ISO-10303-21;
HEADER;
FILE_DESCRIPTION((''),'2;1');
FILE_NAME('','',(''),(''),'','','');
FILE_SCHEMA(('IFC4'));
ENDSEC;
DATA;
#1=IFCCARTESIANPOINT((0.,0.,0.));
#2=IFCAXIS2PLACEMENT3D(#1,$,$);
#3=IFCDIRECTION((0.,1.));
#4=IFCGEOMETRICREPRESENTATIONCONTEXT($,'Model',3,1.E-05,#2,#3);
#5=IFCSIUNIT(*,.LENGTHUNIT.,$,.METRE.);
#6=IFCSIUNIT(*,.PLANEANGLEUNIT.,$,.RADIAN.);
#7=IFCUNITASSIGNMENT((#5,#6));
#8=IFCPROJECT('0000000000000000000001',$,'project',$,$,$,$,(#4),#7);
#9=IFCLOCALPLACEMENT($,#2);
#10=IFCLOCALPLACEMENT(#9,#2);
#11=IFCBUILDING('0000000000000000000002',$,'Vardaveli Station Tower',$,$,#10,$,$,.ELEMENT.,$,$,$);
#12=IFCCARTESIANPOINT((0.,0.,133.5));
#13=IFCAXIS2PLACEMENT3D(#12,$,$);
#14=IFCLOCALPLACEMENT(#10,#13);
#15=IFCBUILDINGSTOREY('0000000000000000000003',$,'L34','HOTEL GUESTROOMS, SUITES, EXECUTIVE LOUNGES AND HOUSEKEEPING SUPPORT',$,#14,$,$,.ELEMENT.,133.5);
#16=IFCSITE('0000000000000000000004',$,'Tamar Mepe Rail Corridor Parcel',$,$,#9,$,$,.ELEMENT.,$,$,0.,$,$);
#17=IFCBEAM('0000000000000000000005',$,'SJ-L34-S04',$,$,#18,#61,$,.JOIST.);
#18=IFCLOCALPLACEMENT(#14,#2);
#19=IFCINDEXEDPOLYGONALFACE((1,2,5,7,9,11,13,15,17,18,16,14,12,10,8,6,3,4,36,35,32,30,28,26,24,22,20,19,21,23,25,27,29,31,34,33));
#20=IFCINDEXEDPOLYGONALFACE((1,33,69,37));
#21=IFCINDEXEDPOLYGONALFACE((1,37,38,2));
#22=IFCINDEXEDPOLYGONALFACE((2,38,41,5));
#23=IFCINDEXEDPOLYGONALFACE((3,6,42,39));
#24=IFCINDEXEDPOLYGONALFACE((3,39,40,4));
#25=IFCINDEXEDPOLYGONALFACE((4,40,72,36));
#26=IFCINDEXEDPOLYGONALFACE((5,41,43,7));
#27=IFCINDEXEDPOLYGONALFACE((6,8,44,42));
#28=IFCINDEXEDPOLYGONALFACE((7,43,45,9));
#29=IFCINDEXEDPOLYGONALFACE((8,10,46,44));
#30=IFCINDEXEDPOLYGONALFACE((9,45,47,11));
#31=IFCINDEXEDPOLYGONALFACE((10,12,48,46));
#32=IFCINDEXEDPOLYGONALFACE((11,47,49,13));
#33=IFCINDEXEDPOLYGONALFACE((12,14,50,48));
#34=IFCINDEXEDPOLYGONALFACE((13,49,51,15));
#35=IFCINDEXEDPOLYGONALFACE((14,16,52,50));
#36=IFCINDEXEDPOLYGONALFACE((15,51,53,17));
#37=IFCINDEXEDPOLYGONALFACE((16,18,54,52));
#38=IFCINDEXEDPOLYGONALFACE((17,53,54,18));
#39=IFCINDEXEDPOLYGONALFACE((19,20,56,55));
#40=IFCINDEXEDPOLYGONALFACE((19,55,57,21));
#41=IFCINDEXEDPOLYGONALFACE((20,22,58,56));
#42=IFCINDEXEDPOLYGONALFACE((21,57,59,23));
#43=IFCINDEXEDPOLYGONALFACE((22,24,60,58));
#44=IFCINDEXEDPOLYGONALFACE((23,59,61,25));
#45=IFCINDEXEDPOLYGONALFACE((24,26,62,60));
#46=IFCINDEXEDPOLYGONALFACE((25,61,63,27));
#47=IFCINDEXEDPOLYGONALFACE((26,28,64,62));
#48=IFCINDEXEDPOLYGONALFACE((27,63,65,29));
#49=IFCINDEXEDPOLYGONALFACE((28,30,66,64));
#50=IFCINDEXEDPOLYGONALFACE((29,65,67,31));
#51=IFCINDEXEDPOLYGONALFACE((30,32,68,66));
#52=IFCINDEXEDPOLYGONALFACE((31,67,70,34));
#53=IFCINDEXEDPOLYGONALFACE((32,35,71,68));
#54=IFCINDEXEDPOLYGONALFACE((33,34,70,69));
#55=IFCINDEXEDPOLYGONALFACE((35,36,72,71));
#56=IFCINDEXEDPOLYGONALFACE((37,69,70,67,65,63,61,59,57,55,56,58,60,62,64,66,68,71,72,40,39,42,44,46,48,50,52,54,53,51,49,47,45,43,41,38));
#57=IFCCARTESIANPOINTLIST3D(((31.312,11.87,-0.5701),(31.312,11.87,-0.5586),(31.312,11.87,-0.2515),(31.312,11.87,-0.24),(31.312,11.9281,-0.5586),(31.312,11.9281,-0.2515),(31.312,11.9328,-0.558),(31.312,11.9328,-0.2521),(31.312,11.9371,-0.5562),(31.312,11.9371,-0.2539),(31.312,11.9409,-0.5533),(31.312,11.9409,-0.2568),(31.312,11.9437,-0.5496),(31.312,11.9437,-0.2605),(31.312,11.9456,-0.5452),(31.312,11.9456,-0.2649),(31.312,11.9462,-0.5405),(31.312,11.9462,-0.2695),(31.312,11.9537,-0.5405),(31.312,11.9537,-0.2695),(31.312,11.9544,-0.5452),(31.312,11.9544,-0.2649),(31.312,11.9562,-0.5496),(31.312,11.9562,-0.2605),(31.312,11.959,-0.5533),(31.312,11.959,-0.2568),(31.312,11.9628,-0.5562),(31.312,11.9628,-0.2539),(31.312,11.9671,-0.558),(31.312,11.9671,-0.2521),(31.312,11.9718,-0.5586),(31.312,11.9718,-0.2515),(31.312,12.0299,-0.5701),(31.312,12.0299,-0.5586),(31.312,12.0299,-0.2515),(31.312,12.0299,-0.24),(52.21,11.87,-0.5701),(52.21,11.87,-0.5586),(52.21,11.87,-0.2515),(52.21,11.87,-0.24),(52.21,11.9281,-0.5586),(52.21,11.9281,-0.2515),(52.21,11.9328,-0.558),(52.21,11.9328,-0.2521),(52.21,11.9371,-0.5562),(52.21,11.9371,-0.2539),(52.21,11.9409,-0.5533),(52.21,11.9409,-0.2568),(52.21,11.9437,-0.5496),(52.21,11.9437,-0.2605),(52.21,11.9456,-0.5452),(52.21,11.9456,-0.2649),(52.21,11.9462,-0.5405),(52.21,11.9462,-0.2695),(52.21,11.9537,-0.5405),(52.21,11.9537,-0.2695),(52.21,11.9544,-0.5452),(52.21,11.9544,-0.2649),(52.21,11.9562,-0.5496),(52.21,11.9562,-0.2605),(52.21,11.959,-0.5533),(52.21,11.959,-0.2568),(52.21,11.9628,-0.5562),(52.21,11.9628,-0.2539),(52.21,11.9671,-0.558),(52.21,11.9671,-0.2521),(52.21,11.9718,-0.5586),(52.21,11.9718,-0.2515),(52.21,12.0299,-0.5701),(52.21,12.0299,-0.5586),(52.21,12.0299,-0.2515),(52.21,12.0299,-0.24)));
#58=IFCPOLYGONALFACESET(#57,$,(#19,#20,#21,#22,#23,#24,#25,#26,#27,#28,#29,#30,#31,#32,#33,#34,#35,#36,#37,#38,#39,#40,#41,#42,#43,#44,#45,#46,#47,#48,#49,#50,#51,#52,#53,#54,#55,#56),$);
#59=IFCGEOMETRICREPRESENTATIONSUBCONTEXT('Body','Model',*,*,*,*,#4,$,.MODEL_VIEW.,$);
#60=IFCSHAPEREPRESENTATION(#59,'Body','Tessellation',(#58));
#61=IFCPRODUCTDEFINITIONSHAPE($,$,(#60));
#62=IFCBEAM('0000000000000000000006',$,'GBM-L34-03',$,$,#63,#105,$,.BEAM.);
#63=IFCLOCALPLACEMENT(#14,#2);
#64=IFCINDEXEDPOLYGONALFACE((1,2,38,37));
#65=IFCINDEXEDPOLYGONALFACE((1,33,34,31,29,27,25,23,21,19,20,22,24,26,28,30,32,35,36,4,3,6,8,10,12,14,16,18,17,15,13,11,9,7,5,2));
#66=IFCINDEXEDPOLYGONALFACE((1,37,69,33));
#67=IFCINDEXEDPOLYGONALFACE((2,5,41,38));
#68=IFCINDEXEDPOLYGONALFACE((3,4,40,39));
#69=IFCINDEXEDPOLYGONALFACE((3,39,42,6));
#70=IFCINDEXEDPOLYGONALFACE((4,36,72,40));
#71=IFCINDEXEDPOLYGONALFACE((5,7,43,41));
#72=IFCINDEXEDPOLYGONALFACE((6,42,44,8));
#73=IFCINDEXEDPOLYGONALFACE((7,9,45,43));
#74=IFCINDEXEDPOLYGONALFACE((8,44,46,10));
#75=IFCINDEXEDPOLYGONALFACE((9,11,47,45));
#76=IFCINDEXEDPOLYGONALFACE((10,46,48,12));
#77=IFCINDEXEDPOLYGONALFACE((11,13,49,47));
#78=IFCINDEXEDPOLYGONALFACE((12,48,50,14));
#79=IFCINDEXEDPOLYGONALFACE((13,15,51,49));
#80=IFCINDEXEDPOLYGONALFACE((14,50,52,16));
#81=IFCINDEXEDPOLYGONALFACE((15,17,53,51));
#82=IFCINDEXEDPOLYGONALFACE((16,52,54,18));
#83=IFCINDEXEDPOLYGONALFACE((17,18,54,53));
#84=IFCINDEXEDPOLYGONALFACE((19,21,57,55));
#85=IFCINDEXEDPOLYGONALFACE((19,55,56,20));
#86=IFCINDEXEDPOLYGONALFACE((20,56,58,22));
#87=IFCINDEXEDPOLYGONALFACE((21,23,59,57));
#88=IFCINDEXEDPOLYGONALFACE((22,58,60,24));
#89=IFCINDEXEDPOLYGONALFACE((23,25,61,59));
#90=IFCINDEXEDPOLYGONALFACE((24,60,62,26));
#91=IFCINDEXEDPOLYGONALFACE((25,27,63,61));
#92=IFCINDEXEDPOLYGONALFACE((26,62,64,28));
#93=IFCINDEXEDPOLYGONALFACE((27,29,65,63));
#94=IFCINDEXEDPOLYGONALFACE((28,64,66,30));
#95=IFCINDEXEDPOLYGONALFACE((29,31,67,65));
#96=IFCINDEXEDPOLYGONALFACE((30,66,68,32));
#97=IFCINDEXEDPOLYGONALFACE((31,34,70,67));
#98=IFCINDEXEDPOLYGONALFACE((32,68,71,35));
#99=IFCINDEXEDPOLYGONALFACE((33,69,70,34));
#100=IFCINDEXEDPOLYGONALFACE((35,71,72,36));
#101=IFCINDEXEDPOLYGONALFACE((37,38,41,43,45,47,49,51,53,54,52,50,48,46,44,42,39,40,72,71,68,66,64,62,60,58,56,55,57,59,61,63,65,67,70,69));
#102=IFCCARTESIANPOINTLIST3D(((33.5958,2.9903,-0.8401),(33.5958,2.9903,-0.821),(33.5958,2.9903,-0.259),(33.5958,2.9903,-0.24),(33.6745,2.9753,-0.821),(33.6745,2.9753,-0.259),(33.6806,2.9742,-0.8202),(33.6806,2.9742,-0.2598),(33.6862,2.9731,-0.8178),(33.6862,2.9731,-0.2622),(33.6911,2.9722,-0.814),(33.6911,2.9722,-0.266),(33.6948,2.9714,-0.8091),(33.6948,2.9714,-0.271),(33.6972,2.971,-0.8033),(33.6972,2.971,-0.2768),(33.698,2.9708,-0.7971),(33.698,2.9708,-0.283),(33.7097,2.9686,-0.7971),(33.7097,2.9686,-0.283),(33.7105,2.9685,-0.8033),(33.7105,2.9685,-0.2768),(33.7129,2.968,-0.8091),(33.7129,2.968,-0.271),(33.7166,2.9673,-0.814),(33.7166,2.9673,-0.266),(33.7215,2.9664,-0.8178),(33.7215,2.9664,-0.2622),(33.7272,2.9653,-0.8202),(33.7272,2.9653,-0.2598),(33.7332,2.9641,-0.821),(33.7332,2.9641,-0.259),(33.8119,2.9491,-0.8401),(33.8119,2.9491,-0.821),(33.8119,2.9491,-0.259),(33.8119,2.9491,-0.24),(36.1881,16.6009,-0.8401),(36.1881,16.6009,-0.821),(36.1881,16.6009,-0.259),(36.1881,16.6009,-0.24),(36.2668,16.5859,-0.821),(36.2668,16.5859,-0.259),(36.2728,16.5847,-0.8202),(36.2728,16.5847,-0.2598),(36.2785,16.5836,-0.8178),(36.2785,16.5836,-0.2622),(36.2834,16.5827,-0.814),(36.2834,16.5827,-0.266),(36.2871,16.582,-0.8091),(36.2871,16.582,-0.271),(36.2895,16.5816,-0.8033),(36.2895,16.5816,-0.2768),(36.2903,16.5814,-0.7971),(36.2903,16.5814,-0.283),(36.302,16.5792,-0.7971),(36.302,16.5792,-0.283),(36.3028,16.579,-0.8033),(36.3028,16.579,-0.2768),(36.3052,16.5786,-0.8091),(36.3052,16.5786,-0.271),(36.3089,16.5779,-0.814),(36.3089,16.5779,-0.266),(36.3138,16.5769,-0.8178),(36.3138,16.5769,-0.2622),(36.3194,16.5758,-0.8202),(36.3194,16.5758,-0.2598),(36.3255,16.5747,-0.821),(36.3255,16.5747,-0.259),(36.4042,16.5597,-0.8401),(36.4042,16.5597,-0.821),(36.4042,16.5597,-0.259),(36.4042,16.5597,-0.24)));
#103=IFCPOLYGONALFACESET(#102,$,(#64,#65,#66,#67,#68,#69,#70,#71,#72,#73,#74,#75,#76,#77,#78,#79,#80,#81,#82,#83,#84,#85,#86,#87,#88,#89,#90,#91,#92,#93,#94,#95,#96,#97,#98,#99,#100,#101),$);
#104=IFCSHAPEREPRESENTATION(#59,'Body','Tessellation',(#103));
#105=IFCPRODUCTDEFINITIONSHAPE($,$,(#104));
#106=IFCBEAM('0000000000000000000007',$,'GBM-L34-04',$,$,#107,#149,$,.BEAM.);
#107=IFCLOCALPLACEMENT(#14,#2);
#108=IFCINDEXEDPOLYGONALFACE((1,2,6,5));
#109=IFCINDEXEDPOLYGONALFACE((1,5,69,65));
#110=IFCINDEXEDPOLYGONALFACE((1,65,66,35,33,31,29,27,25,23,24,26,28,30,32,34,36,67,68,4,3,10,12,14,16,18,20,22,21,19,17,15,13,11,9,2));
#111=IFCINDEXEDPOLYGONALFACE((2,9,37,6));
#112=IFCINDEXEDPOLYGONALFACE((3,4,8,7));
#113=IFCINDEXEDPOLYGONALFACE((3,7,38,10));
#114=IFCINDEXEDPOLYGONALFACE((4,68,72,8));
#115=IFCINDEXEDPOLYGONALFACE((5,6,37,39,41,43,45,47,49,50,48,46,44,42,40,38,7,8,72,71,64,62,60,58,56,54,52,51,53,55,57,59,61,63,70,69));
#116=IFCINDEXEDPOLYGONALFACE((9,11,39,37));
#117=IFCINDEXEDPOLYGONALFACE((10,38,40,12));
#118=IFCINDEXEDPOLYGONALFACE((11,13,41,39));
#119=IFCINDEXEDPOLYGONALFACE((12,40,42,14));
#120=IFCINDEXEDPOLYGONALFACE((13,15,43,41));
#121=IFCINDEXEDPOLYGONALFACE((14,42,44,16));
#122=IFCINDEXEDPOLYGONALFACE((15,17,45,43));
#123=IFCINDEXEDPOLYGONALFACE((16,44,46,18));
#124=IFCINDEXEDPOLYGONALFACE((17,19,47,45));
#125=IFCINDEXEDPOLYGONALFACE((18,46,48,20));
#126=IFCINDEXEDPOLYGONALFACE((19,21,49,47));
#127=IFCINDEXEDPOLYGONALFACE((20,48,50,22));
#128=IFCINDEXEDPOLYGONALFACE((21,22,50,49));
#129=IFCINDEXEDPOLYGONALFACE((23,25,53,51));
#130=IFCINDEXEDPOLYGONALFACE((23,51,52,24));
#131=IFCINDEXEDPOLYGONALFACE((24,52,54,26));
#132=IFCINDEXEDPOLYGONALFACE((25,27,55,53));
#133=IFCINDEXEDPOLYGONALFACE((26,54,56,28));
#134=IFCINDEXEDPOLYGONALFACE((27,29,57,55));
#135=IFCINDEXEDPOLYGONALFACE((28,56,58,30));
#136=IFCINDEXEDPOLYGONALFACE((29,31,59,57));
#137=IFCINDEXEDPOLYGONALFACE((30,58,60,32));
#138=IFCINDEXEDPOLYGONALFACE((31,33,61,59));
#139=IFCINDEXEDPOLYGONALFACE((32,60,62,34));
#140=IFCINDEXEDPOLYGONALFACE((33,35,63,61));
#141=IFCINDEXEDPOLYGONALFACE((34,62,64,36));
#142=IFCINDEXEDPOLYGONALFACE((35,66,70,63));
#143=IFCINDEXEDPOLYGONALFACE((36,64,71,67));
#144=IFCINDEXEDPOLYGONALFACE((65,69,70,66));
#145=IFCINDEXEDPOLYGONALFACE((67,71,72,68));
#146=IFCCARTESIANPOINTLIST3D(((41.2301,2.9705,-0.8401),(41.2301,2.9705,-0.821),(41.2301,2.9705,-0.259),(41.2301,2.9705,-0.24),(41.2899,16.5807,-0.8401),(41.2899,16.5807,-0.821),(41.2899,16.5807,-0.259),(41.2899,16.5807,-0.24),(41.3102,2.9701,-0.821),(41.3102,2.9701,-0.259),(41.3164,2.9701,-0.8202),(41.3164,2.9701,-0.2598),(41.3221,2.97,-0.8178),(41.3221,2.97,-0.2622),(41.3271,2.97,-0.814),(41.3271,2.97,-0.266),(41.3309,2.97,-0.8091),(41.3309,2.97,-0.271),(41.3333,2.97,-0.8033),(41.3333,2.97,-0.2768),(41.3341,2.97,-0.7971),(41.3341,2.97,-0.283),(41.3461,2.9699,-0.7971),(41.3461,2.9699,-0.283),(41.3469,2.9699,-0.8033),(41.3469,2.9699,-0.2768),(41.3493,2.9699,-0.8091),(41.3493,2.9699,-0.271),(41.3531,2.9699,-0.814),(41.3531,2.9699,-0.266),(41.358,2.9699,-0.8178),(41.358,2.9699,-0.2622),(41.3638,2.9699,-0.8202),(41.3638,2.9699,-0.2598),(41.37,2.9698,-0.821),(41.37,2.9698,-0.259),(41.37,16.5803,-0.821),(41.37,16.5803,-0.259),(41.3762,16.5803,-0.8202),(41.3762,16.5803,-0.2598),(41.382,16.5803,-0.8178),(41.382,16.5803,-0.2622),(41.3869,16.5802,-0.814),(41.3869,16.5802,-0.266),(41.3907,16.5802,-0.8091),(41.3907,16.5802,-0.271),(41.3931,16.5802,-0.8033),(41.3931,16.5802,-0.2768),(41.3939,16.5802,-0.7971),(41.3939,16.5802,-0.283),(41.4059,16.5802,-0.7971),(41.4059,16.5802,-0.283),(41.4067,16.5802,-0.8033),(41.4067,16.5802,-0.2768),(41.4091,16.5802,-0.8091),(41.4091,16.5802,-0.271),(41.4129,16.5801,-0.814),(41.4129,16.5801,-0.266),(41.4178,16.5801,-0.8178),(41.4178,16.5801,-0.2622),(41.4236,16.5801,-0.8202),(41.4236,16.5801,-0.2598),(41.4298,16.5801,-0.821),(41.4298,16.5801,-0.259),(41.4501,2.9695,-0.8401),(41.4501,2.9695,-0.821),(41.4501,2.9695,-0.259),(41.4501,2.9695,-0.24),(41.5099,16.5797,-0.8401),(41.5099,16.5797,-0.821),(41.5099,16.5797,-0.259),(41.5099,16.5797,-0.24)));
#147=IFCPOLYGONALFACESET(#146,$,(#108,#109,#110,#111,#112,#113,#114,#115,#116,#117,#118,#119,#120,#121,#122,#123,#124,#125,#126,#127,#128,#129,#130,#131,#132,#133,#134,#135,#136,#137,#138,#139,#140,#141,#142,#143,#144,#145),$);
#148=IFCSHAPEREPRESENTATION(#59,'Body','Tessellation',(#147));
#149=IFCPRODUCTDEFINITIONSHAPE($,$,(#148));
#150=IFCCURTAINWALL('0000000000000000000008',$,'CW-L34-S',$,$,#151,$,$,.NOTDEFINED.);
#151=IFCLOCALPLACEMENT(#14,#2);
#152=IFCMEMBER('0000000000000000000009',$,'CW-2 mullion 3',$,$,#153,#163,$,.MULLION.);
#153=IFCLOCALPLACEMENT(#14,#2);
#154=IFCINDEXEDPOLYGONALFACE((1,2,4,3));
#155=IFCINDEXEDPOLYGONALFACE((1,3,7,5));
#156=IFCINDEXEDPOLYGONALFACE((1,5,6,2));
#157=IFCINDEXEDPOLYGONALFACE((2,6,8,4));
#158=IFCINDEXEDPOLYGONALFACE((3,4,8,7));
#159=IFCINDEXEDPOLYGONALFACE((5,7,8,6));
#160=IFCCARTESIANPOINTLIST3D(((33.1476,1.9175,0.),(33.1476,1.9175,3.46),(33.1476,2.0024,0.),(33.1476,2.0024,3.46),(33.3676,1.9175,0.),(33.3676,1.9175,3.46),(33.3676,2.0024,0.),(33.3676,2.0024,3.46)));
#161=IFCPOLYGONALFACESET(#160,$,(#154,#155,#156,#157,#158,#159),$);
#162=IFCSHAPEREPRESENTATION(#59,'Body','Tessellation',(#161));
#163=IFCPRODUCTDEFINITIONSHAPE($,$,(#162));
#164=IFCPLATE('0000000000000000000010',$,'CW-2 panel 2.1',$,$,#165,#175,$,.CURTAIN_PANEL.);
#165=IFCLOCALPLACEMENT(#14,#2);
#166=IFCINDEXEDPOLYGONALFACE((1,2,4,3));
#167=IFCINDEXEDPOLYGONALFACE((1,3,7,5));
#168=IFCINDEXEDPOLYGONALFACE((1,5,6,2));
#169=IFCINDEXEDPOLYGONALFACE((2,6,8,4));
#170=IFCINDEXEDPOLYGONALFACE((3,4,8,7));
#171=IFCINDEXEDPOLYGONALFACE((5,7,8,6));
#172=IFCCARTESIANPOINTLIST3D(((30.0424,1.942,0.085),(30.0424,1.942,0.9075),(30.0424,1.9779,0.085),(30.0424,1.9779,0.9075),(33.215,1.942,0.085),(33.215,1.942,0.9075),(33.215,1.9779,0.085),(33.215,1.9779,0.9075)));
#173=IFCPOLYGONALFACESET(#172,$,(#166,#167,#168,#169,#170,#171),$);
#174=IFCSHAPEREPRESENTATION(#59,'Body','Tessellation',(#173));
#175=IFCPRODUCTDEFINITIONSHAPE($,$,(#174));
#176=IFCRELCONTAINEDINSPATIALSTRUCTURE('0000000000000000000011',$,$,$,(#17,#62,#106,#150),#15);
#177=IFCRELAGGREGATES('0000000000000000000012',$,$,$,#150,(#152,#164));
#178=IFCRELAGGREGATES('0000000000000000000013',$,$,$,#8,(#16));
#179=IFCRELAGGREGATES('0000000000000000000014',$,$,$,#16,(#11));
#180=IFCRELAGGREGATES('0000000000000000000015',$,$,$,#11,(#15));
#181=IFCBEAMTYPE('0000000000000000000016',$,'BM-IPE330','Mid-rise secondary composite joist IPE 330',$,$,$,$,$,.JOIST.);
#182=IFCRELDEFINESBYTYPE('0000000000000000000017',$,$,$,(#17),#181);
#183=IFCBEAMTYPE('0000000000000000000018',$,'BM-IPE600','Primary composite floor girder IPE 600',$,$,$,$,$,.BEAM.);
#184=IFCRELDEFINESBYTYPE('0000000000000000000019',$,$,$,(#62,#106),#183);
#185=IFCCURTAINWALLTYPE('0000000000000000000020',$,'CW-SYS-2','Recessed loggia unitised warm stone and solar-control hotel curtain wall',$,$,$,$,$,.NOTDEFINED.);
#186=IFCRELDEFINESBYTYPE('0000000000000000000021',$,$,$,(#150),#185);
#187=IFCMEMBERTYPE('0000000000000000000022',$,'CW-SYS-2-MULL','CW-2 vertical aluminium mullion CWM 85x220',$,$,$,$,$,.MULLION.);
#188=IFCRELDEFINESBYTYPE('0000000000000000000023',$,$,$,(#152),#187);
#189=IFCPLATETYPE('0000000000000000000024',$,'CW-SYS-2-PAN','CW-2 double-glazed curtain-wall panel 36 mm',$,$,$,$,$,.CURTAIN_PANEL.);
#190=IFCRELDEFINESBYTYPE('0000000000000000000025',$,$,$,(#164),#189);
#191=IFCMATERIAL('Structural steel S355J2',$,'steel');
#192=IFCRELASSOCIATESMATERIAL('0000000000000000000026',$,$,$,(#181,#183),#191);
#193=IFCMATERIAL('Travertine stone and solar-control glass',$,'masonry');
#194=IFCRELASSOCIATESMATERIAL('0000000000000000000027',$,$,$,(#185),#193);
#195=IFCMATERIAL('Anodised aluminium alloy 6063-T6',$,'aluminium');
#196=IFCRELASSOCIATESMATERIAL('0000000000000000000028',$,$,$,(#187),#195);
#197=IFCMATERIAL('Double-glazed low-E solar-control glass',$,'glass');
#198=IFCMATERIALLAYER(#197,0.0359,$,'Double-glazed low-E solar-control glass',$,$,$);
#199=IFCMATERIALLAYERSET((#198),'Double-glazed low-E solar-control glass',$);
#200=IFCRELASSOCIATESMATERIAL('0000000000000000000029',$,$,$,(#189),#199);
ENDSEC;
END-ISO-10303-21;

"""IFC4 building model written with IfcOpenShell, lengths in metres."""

from ifc_helpers import new_model, si_unit, direction, frame, origin, origin_2d, place, context, subcontext, project, spatial, rectangle, i_section, extrude, source, transform, mapped, material, layer, layer_set, material_profile, profile_set, type_object, element, aggregate, save


model = new_model("IFC4")

# Units and contexts
model_context = context("Model", 3, precision=1e-05, world=origin(), true_north=direction((0.0, 1.0)))
body_context = subcontext(model_context, "Body", "Model", "MODEL_VIEW")
ifc_project = project(units=[si_unit("LENGTHUNIT", "METRE"), si_unit("PLANEANGLEUNIT", "RADIAN")], contexts=[model_context])

# Site, building, storey
site_placement = place(None, origin())
site = spatial("IfcSite", under=ifc_project, at=site_placement, Name="Tamar Mepe Rail Corridor Parcel", CompositionType="ELEMENT", RefElevation=0.0)
building_placement = place(site_placement, origin())
building = spatial("IfcBuilding", under=site, at=building_placement, Name="Vardaveli Station Tower", CompositionType="ELEMENT")
storey_placement = place(building_placement, frame((0.0, 0.0, 133.5)))
storey = spatial("IfcBuildingStorey", under=building, at=storey_placement, Name="L34", Description="HOTEL GUESTROOMS, SUITES, EXECUTIVE LOUNGES AND HOUSEKEEPING SUPPORT", CompositionType="ELEMENT", Elevation=133.5)

# Beams
ifc_material_1 = material(Name="Structural steel S355J2", Category="steel")
ifc_material_profile_1 = material_profile(ifc_material_1, i_section(OverallWidth=0.1599, OverallDepth=0.3301, WebThickness=0.0076, FlangeThickness=0.0115, FilletRadius=0.0181, at=origin_2d()), Name="IPE 330")
ifc_profile_set_1 = profile_set([ifc_material_profile_1], Name="Structural steel S355J2")
beam_type_1 = type_object("IfcBeamType", Name="BM-IPE330", Description="Mid-rise secondary composite joist IPE 330", PredefinedType="JOIST", material=ifc_profile_set_1)
shared_shape_1 = source(origin(), body_context, "Body", "SweptSolid", [
    extrude(i_section(OverallWidth=0.1599, OverallDepth=0.3301, WebThickness=0.0076, FlangeThickness=0.0115, FilletRadius=0.0181, at=origin_2d()), origin(), (0.0, 0.0, 1.0), 20.8979),
])
for number, where, z_axis, x_axis, name in (
    (1, (31.312, 11.95, -0.405), (1.0, 0.0, 0.0), (0.0, 1.0, 0.0), "SJ-L34-S04"),
):
    element("IfcBeam", number, at=place(storey_placement, frame(where, z_axis=z_axis, x_axis=x_axis)), inside=storey, type_object=beam_type_1, Name=name, PredefinedType="JOIST", context=body_context, shape_type="MappedRepresentation", body=[
        mapped(shared_shape_1, transform((0.0, 0.0, 0.0), scale=1.0)),
    ])
ifc_material_profile_2 = material_profile(ifc_material_1, i_section(OverallWidth=0.22, OverallDepth=0.6001, WebThickness=0.012, FlangeThickness=0.019, FilletRadius=0.0239, at=origin_2d()), Name="IPE 600")
ifc_profile_set_2 = profile_set([ifc_material_profile_2], Name="Structural steel S355J2")
beam_type_2 = type_object("IfcBeamType", Name="BM-IPE600", Description="Primary composite floor girder IPE 600", PredefinedType="BEAM", material=ifc_profile_set_2)
shared_shape_2 = source(origin(), body_context, "Body", "SweptSolid", [
    extrude(i_section(OverallWidth=0.22, OverallDepth=0.6001, WebThickness=0.012, FlangeThickness=0.019, FilletRadius=0.0239, at=origin_2d()), origin(), (0.0, 0.0, 1.0), 13.8552),
])
beam_1_placement = place(storey_placement, frame((33.7039, 2.9697, -0.54), z_axis=(0.187098, 0.982341, 0.0), x_axis=(-0.982341, 0.187098, 0.0)))
element("IfcBeam", 2, at=beam_1_placement, inside=storey, type_object=beam_type_2, Name="GBM-L34-03", PredefinedType="BEAM", context=body_context, shape_type="MappedRepresentation", body=[
    mapped(shared_shape_2, transform((0.0, 0.0, 0.0), scale=1.0)),
])
shared_shape_3 = source(origin(), body_context, "Body", "SweptSolid", [
    extrude(i_section(OverallWidth=0.22, OverallDepth=0.6001, WebThickness=0.012, FlangeThickness=0.019, FilletRadius=0.0239, at=origin_2d()), origin(), (0.0, 0.0, 1.0), 13.6104),
])
beam_2_placement = place(storey_placement, frame((41.3401, 2.97, -0.54), z_axis=(0.004395, 0.99999, 0.0), x_axis=(-0.99999, 0.004395, 0.0)))
element("IfcBeam", 3, at=beam_2_placement, inside=storey, type_object=beam_type_2, Name="GBM-L34-04", PredefinedType="BEAM", context=body_context, shape_type="MappedRepresentation", body=[
    mapped(shared_shape_3, transform((0.0, 0.0, 0.0), scale=1.0)),
])

# Curtain wall, member, plate
ifc_material_2 = material(Name="Travertine stone and solar-control glass", Category="masonry")
curtain_wall_type = type_object("IfcCurtainWallType", Name="CW-SYS-2", Description="Recessed loggia unitised warm stone and solar-control hotel curtain wall", PredefinedType="NOTDEFINED", material=ifc_material_2)
curtain_wall_placement = place(storey_placement, origin())
curtain_wall = element("IfcCurtainWall", 4, at=curtain_wall_placement, inside=storey, type_object=curtain_wall_type, Name="CW-L34-S", PredefinedType="NOTDEFINED")
ifc_material_3 = material(Name="Anodised aluminium alloy 6063-T6", Category="aluminium")
ifc_material_profile_3 = material_profile(ifc_material_3, rectangle(XDim=0.085, YDim=0.22, at=origin_2d()), Name="CWM 85x220")
ifc_profile_set_3 = profile_set([ifc_material_profile_3], Name="Anodised aluminium alloy 6063-T6")
member_type = type_object("IfcMemberType", Name="CW-SYS-2-MULL", Description="CW-2 vertical aluminium mullion CWM 85x220", PredefinedType="MULLION", material=ifc_profile_set_3)
shared_shape_4 = source(origin(), body_context, "Body", "SweptSolid", [
    extrude(rectangle(XDim=0.085, YDim=0.22, at=origin_2d()), origin(), (0.0, 0.0, 1.0), 3.46),
])
member_placement = place(storey_placement, frame((33.2576, 1.96, 0.0), z_axis=(0.0, 0.0, 1.0), x_axis=(0.0, 1.0, 0.0)))
member = element("IfcMember", 5, at=member_placement, type_object=member_type, Name="CW-2 mullion 3", PredefinedType="MULLION", context=body_context, shape_type="MappedRepresentation", body=[
    mapped(shared_shape_4, transform((0.0, 0.0, 0.0), scale=1.0)),
])
ifc_material_4 = material(Name="Double-glazed low-E solar-control glass", Category="glass")
ifc_layer_1 = layer(ifc_material_4, 0.0359, Name="Double-glazed low-E solar-control glass")
ifc_layer_set_1 = layer_set([ifc_layer_1], Name="Double-glazed low-E solar-control glass")
plate_type = type_object("IfcPlateType", Name="CW-SYS-2-PAN", Description="CW-2 double-glazed curtain-wall panel 36 mm", PredefinedType="CURTAIN_PANEL", material=ifc_layer_set_1)
shared_shape_5 = source(origin(), body_context, "Body", "SweptSolid", [
    extrude(rectangle(XDim=3.1726, YDim=0.0359, at=origin_2d()), origin(), (0.0, 0.0, 1.0), 0.8225),
])
plate_1_placement = place(storey_placement, frame((31.6287, 1.96, 0.085), z_axis=(0.0, 0.0, 1.0), x_axis=(1.0, 0.0, 0.0)))
plate_1 = element("IfcPlate", 6, at=plate_1_placement, type_object=plate_type, Name="CW-2 panel 2.1", PredefinedType="CURTAIN_PANEL", context=body_context, shape_type="MappedRepresentation", body=[
    mapped(shared_shape_5, transform((0.0, 0.0, 0.0), scale=1.0)),
])
aggregate(curtain_wall, [member, plate_1])

save(model, "model.ifc")
